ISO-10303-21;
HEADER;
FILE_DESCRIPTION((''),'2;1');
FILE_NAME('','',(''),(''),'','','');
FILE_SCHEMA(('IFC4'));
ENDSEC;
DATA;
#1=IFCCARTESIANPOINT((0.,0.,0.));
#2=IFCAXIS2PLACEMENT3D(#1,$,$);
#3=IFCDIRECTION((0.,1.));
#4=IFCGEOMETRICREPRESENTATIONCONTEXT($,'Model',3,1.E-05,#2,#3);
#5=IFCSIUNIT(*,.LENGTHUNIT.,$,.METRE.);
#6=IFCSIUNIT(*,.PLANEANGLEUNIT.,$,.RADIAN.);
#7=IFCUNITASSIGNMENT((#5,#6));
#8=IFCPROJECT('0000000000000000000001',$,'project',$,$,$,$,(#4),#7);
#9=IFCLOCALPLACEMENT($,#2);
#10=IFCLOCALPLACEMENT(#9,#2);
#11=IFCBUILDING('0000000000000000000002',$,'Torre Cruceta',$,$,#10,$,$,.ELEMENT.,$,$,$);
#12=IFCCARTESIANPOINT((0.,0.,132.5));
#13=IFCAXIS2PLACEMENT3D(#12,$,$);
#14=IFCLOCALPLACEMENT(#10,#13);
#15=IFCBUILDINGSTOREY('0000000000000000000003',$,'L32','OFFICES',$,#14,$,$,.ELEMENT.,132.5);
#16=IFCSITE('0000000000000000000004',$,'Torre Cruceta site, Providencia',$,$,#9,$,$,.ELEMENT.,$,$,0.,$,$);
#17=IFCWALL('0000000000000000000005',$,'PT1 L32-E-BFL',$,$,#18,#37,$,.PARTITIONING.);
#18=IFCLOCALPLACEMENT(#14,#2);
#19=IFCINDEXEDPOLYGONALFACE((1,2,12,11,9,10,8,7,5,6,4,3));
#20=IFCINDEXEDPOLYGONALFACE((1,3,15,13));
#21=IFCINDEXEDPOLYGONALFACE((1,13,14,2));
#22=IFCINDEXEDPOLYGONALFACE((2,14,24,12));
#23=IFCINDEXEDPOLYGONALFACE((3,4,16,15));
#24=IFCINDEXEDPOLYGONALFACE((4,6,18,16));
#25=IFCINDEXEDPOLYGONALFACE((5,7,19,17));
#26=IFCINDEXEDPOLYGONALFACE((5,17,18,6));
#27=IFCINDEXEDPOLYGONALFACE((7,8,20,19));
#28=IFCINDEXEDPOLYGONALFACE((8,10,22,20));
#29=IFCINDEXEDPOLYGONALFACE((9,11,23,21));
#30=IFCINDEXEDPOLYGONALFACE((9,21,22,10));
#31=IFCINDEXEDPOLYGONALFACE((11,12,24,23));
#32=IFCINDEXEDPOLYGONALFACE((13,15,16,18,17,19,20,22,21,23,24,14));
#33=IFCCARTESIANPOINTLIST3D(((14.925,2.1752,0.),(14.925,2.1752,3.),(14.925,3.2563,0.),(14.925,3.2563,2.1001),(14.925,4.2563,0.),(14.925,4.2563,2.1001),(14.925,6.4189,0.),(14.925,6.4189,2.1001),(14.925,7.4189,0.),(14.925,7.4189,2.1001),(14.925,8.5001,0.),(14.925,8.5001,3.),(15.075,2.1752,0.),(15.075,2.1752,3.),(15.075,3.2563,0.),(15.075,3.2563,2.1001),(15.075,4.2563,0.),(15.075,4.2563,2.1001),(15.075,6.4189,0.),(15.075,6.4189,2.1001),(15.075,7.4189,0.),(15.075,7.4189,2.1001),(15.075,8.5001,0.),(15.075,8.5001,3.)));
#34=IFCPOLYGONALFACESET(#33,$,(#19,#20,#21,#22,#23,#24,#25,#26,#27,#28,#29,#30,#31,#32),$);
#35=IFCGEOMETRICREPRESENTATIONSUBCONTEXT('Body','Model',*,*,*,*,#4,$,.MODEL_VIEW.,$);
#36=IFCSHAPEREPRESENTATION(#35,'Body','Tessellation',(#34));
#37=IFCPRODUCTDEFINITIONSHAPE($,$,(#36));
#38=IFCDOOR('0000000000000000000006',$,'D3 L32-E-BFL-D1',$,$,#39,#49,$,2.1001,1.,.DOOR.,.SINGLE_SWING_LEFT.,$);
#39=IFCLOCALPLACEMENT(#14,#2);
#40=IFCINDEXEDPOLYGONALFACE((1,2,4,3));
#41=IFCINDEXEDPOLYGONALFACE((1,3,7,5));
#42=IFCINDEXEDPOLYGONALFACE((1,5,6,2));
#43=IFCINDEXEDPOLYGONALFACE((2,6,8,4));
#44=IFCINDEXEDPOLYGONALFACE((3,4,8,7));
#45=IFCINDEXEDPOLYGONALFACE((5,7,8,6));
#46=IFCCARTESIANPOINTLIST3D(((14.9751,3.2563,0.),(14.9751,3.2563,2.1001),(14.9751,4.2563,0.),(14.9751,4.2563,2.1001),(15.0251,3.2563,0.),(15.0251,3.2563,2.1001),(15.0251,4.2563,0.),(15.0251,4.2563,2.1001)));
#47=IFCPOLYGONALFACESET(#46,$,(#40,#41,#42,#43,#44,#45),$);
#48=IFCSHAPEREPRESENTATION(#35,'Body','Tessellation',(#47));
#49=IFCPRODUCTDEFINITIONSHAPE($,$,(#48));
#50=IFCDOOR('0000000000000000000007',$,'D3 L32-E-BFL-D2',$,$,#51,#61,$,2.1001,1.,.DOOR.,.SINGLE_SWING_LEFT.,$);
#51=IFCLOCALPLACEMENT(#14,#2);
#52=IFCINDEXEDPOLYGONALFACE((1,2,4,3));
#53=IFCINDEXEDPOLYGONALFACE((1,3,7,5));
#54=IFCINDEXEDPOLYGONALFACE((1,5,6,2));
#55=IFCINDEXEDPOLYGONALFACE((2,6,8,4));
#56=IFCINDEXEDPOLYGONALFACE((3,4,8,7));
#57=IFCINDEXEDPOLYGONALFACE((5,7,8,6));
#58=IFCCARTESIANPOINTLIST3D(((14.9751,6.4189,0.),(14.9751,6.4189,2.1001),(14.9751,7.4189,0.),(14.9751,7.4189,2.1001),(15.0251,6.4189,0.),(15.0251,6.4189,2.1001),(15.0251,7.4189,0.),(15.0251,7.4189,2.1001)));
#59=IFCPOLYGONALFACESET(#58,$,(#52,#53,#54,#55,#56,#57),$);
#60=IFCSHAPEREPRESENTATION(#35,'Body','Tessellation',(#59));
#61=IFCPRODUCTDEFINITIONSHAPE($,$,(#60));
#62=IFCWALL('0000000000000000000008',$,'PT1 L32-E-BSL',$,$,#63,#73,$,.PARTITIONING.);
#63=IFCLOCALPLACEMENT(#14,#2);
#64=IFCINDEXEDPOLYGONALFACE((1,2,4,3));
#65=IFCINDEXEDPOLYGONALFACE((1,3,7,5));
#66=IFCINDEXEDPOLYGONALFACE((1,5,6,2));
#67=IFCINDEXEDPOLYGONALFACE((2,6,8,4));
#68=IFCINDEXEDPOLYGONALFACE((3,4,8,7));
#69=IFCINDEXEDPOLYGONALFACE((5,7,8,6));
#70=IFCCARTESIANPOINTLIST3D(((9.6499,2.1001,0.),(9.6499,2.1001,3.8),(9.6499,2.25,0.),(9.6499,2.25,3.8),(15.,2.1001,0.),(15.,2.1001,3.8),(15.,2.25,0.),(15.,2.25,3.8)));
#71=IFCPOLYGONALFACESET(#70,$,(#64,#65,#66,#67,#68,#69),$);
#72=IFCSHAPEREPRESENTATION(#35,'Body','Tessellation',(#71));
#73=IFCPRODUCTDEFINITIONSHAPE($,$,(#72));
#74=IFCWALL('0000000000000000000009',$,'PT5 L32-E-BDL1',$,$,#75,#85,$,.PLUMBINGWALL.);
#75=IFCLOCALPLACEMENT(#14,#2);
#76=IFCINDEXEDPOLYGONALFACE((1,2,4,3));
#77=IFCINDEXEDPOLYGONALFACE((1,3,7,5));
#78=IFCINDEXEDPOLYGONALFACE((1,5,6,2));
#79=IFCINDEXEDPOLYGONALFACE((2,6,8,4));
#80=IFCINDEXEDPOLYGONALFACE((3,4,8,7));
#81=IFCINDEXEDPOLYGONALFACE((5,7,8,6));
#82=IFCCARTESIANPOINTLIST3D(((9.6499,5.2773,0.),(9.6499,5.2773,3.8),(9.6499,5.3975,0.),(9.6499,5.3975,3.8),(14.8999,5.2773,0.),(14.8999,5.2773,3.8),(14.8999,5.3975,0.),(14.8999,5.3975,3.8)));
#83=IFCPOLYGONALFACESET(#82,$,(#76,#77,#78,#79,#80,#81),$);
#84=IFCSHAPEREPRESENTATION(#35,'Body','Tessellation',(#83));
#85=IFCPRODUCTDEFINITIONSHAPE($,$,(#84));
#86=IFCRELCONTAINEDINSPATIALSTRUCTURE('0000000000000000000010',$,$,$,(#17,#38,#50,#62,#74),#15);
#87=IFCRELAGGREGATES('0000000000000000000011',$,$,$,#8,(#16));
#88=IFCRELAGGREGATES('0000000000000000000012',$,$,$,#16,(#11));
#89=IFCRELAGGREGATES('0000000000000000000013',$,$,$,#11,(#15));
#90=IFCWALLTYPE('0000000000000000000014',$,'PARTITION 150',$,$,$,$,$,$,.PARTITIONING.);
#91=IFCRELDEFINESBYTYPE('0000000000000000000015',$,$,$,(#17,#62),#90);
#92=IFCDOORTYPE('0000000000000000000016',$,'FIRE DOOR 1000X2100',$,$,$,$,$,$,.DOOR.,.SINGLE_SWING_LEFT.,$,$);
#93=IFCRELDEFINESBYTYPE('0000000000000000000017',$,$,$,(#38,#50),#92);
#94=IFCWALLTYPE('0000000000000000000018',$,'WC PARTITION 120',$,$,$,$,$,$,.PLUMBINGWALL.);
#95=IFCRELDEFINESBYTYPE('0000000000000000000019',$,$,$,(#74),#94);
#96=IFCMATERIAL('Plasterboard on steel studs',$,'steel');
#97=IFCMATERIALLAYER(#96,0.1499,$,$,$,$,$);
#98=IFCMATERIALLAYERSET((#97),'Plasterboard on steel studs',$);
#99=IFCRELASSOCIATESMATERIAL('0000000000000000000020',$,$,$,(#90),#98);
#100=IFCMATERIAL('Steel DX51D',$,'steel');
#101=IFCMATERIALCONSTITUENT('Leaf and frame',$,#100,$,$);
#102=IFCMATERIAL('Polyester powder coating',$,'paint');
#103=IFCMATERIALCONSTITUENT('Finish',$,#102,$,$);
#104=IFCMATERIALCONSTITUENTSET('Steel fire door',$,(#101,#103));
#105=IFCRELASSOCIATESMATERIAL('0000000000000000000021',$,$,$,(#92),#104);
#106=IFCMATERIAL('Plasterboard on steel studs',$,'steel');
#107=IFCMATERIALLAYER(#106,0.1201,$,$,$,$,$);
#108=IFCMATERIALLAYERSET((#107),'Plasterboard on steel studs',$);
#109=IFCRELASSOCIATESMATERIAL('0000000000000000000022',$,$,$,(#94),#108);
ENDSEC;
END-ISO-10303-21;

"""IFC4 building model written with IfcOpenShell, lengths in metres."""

from ifc_helpers import new_model, si_unit, direction, frame, frame_2d, origin, place, context, subcontext, project, spatial, rectangle, extrude, material, layer, layer_set, constituent, constituent_set, type_object, element, fill, save


model = new_model("IFC4")

# Units and contexts
model_context = context("Model", 3, precision=1e-05, world=origin(), true_north=direction((0.0, 1.0)))
body_context = subcontext(model_context, "Body", "Model", "MODEL_VIEW")
ifc_project = project(units=[si_unit("LENGTHUNIT", "METRE"), si_unit("PLANEANGLEUNIT", "RADIAN")], contexts=[model_context])

# Site, building, storey
site_placement = place(None, origin())
site = spatial("IfcSite", under=ifc_project, at=site_placement, Name="Torre Cruceta site, Providencia", CompositionType="ELEMENT", RefElevation=0.0)
building_placement = place(site_placement, origin())
building = spatial("IfcBuilding", under=site, at=building_placement, Name="Torre Cruceta", CompositionType="ELEMENT")
storey_placement = place(building_placement, frame((0.0, 0.0, 132.5)))
storey = spatial("IfcBuildingStorey", under=building, at=storey_placement, Name="L32", Description="OFFICES", CompositionType="ELEMENT", Elevation=132.5)

# Wall, openings, doors
ifc_material_1 = material(Name="Plasterboard on steel studs", Category="steel")
ifc_layer_1 = layer(ifc_material_1, 0.1499)
ifc_layer_set_1 = layer_set([ifc_layer_1], Name="Plasterboard on steel studs")
wall_type_1 = type_object("IfcWallType", Name="PARTITION 150", PredefinedType="PARTITIONING", material=ifc_layer_set_1)
wall_1_placement = place(storey_placement, frame((15.0, 2.175, 0.0), z_axis=(0.0, 0.0, 1.0), x_axis=(0.0, 1.0, 0.0)))
wall_1 = element("IfcWall", 1, at=wall_1_placement, inside=storey, type_object=wall_type_1, Name="PT1 L32-E-BFL", PredefinedType="PARTITIONING", context=body_context, shape_type="SweptSolid", body=[
    extrude(rectangle(XDim=6.325, YDim=0.1499, at=frame_2d((3.1626, 0.0))), origin(), (0.0, 0.0, 1.0), 3.0),
])
opening_1_placement = place(wall_1_placement, frame((1.0813, 0.0, 0.0)))
opening_1 = element("IfcOpeningElement", 2, at=opening_1_placement, cuts=wall_1, PredefinedType="OPENING", context=body_context, shape_type="SweptSolid", body=[
    extrude(rectangle(XDim=1.0, YDim=2.1001, at=frame_2d((0.5, 1.05))), frame((0.0, 0.085, 0.0), z_axis=(0.0, -1.0, 0.0), x_axis=(1.0, 0.0, 0.0)), (0.0, 0.0, 1.0), 0.1699),
])
opening_2_placement = place(wall_1_placement, frame((4.2439, 0.0, 0.0)))
opening_2 = element("IfcOpeningElement", 3, at=opening_2_placement, cuts=wall_1, PredefinedType="OPENING", context=body_context, shape_type="SweptSolid", body=[
    extrude(rectangle(XDim=1.0, YDim=2.1001, at=frame_2d((0.5, 1.05))), frame((0.0, 0.085, 0.0), z_axis=(0.0, -1.0, 0.0), x_axis=(1.0, 0.0, 0.0)), (0.0, 0.0, 1.0), 0.1699),
])
ifc_material_2 = material(Name="Steel DX51D", Category="steel")
ifc_constituent_1 = constituent(ifc_material_2, Name="Leaf and frame")
ifc_material_3 = material(Name="Polyester powder coating", Category="paint")
ifc_constituent_2 = constituent(ifc_material_3, Name="Finish")
ifc_constituent_set_1 = constituent_set(constituents=[ifc_constituent_1, ifc_constituent_2], Name="Steel fire door")
door_type = type_object("IfcDoorType", Name="FIRE DOOR 1000X2100", OperationType="SINGLE_SWING_LEFT", PredefinedType="DOOR", material=ifc_constituent_set_1)
door_1_placement = place(opening_1_placement, origin())
door_1 = element("IfcDoor", 4, at=door_1_placement, inside=storey, type_object=door_type, Name="D3 L32-E-BFL-D1", OperationType="SINGLE_SWING_LEFT", OverallHeight=2.1001, OverallWidth=1.0, PredefinedType="DOOR", context=body_context, shape_type="SweptSolid", body=[
    extrude(rectangle(XDim=1.0, YDim=2.1001, at=frame_2d((0.5, 1.05))), frame((0.0, 0.0249, 0.0), z_axis=(0.0, -1.0, 0.0), x_axis=(1.0, 0.0, 0.0)), (0.0, 0.0, 1.0), 0.05),
])
fill(opening_1, door_1)
door_2_placement = place(opening_2_placement, origin())
door_2 = element("IfcDoor", 5, at=door_2_placement, inside=storey, type_object=door_type, Name="D3 L32-E-BFL-D2", OperationType="SINGLE_SWING_LEFT", OverallHeight=2.1001, OverallWidth=1.0, PredefinedType="DOOR", context=body_context, shape_type="SweptSolid", body=[
    extrude(rectangle(XDim=1.0, YDim=2.1001, at=frame_2d((0.5, 1.05))), frame((0.0, 0.0249, 0.0), z_axis=(0.0, -1.0, 0.0), x_axis=(1.0, 0.0, 0.0)), (0.0, 0.0, 1.0), 0.05),
])
fill(opening_2, door_2)

# Walls
wall_2_placement = place(storey_placement, frame((9.6499, 2.175, 0.0), z_axis=(0.0, 0.0, 1.0), x_axis=(1.0, 0.0, 0.0)))
element("IfcWall", 6, at=wall_2_placement, inside=storey, type_object=wall_type_1, Name="PT1 L32-E-BSL", PredefinedType="PARTITIONING", context=body_context, shape_type="SweptSolid", body=[
    extrude(rectangle(XDim=5.3501, YDim=0.1499, at=frame_2d((2.675, 0.0))), origin(), (0.0, 0.0, 1.0), 3.8),
])
ifc_material_4 = material(Name="Plasterboard on steel studs", Category="steel")
ifc_layer_2 = layer(ifc_material_4, 0.1201)
ifc_layer_set_2 = layer_set([ifc_layer_2], Name="Plasterboard on steel studs")
wall_type_2 = type_object("IfcWallType", Name="WC PARTITION 120", PredefinedType="PLUMBINGWALL", material=ifc_layer_set_2)
wall_3_placement = place(storey_placement, frame((9.6499, 5.3374, 0.0), z_axis=(0.0, 0.0, 1.0), x_axis=(1.0, 0.0, 0.0)))
element("IfcWall", 7, at=wall_3_placement, inside=storey, type_object=wall_type_2, Name="PT5 L32-E-BDL1", PredefinedType="PLUMBINGWALL", context=body_context, shape_type="SweptSolid", body=[
    extrude(rectangle(XDim=5.25, YDim=0.1201, at=frame_2d((2.625, 0.0))), origin(), (0.0, 0.0, 1.0), 3.8),
])

save(model, "model.ifc")
